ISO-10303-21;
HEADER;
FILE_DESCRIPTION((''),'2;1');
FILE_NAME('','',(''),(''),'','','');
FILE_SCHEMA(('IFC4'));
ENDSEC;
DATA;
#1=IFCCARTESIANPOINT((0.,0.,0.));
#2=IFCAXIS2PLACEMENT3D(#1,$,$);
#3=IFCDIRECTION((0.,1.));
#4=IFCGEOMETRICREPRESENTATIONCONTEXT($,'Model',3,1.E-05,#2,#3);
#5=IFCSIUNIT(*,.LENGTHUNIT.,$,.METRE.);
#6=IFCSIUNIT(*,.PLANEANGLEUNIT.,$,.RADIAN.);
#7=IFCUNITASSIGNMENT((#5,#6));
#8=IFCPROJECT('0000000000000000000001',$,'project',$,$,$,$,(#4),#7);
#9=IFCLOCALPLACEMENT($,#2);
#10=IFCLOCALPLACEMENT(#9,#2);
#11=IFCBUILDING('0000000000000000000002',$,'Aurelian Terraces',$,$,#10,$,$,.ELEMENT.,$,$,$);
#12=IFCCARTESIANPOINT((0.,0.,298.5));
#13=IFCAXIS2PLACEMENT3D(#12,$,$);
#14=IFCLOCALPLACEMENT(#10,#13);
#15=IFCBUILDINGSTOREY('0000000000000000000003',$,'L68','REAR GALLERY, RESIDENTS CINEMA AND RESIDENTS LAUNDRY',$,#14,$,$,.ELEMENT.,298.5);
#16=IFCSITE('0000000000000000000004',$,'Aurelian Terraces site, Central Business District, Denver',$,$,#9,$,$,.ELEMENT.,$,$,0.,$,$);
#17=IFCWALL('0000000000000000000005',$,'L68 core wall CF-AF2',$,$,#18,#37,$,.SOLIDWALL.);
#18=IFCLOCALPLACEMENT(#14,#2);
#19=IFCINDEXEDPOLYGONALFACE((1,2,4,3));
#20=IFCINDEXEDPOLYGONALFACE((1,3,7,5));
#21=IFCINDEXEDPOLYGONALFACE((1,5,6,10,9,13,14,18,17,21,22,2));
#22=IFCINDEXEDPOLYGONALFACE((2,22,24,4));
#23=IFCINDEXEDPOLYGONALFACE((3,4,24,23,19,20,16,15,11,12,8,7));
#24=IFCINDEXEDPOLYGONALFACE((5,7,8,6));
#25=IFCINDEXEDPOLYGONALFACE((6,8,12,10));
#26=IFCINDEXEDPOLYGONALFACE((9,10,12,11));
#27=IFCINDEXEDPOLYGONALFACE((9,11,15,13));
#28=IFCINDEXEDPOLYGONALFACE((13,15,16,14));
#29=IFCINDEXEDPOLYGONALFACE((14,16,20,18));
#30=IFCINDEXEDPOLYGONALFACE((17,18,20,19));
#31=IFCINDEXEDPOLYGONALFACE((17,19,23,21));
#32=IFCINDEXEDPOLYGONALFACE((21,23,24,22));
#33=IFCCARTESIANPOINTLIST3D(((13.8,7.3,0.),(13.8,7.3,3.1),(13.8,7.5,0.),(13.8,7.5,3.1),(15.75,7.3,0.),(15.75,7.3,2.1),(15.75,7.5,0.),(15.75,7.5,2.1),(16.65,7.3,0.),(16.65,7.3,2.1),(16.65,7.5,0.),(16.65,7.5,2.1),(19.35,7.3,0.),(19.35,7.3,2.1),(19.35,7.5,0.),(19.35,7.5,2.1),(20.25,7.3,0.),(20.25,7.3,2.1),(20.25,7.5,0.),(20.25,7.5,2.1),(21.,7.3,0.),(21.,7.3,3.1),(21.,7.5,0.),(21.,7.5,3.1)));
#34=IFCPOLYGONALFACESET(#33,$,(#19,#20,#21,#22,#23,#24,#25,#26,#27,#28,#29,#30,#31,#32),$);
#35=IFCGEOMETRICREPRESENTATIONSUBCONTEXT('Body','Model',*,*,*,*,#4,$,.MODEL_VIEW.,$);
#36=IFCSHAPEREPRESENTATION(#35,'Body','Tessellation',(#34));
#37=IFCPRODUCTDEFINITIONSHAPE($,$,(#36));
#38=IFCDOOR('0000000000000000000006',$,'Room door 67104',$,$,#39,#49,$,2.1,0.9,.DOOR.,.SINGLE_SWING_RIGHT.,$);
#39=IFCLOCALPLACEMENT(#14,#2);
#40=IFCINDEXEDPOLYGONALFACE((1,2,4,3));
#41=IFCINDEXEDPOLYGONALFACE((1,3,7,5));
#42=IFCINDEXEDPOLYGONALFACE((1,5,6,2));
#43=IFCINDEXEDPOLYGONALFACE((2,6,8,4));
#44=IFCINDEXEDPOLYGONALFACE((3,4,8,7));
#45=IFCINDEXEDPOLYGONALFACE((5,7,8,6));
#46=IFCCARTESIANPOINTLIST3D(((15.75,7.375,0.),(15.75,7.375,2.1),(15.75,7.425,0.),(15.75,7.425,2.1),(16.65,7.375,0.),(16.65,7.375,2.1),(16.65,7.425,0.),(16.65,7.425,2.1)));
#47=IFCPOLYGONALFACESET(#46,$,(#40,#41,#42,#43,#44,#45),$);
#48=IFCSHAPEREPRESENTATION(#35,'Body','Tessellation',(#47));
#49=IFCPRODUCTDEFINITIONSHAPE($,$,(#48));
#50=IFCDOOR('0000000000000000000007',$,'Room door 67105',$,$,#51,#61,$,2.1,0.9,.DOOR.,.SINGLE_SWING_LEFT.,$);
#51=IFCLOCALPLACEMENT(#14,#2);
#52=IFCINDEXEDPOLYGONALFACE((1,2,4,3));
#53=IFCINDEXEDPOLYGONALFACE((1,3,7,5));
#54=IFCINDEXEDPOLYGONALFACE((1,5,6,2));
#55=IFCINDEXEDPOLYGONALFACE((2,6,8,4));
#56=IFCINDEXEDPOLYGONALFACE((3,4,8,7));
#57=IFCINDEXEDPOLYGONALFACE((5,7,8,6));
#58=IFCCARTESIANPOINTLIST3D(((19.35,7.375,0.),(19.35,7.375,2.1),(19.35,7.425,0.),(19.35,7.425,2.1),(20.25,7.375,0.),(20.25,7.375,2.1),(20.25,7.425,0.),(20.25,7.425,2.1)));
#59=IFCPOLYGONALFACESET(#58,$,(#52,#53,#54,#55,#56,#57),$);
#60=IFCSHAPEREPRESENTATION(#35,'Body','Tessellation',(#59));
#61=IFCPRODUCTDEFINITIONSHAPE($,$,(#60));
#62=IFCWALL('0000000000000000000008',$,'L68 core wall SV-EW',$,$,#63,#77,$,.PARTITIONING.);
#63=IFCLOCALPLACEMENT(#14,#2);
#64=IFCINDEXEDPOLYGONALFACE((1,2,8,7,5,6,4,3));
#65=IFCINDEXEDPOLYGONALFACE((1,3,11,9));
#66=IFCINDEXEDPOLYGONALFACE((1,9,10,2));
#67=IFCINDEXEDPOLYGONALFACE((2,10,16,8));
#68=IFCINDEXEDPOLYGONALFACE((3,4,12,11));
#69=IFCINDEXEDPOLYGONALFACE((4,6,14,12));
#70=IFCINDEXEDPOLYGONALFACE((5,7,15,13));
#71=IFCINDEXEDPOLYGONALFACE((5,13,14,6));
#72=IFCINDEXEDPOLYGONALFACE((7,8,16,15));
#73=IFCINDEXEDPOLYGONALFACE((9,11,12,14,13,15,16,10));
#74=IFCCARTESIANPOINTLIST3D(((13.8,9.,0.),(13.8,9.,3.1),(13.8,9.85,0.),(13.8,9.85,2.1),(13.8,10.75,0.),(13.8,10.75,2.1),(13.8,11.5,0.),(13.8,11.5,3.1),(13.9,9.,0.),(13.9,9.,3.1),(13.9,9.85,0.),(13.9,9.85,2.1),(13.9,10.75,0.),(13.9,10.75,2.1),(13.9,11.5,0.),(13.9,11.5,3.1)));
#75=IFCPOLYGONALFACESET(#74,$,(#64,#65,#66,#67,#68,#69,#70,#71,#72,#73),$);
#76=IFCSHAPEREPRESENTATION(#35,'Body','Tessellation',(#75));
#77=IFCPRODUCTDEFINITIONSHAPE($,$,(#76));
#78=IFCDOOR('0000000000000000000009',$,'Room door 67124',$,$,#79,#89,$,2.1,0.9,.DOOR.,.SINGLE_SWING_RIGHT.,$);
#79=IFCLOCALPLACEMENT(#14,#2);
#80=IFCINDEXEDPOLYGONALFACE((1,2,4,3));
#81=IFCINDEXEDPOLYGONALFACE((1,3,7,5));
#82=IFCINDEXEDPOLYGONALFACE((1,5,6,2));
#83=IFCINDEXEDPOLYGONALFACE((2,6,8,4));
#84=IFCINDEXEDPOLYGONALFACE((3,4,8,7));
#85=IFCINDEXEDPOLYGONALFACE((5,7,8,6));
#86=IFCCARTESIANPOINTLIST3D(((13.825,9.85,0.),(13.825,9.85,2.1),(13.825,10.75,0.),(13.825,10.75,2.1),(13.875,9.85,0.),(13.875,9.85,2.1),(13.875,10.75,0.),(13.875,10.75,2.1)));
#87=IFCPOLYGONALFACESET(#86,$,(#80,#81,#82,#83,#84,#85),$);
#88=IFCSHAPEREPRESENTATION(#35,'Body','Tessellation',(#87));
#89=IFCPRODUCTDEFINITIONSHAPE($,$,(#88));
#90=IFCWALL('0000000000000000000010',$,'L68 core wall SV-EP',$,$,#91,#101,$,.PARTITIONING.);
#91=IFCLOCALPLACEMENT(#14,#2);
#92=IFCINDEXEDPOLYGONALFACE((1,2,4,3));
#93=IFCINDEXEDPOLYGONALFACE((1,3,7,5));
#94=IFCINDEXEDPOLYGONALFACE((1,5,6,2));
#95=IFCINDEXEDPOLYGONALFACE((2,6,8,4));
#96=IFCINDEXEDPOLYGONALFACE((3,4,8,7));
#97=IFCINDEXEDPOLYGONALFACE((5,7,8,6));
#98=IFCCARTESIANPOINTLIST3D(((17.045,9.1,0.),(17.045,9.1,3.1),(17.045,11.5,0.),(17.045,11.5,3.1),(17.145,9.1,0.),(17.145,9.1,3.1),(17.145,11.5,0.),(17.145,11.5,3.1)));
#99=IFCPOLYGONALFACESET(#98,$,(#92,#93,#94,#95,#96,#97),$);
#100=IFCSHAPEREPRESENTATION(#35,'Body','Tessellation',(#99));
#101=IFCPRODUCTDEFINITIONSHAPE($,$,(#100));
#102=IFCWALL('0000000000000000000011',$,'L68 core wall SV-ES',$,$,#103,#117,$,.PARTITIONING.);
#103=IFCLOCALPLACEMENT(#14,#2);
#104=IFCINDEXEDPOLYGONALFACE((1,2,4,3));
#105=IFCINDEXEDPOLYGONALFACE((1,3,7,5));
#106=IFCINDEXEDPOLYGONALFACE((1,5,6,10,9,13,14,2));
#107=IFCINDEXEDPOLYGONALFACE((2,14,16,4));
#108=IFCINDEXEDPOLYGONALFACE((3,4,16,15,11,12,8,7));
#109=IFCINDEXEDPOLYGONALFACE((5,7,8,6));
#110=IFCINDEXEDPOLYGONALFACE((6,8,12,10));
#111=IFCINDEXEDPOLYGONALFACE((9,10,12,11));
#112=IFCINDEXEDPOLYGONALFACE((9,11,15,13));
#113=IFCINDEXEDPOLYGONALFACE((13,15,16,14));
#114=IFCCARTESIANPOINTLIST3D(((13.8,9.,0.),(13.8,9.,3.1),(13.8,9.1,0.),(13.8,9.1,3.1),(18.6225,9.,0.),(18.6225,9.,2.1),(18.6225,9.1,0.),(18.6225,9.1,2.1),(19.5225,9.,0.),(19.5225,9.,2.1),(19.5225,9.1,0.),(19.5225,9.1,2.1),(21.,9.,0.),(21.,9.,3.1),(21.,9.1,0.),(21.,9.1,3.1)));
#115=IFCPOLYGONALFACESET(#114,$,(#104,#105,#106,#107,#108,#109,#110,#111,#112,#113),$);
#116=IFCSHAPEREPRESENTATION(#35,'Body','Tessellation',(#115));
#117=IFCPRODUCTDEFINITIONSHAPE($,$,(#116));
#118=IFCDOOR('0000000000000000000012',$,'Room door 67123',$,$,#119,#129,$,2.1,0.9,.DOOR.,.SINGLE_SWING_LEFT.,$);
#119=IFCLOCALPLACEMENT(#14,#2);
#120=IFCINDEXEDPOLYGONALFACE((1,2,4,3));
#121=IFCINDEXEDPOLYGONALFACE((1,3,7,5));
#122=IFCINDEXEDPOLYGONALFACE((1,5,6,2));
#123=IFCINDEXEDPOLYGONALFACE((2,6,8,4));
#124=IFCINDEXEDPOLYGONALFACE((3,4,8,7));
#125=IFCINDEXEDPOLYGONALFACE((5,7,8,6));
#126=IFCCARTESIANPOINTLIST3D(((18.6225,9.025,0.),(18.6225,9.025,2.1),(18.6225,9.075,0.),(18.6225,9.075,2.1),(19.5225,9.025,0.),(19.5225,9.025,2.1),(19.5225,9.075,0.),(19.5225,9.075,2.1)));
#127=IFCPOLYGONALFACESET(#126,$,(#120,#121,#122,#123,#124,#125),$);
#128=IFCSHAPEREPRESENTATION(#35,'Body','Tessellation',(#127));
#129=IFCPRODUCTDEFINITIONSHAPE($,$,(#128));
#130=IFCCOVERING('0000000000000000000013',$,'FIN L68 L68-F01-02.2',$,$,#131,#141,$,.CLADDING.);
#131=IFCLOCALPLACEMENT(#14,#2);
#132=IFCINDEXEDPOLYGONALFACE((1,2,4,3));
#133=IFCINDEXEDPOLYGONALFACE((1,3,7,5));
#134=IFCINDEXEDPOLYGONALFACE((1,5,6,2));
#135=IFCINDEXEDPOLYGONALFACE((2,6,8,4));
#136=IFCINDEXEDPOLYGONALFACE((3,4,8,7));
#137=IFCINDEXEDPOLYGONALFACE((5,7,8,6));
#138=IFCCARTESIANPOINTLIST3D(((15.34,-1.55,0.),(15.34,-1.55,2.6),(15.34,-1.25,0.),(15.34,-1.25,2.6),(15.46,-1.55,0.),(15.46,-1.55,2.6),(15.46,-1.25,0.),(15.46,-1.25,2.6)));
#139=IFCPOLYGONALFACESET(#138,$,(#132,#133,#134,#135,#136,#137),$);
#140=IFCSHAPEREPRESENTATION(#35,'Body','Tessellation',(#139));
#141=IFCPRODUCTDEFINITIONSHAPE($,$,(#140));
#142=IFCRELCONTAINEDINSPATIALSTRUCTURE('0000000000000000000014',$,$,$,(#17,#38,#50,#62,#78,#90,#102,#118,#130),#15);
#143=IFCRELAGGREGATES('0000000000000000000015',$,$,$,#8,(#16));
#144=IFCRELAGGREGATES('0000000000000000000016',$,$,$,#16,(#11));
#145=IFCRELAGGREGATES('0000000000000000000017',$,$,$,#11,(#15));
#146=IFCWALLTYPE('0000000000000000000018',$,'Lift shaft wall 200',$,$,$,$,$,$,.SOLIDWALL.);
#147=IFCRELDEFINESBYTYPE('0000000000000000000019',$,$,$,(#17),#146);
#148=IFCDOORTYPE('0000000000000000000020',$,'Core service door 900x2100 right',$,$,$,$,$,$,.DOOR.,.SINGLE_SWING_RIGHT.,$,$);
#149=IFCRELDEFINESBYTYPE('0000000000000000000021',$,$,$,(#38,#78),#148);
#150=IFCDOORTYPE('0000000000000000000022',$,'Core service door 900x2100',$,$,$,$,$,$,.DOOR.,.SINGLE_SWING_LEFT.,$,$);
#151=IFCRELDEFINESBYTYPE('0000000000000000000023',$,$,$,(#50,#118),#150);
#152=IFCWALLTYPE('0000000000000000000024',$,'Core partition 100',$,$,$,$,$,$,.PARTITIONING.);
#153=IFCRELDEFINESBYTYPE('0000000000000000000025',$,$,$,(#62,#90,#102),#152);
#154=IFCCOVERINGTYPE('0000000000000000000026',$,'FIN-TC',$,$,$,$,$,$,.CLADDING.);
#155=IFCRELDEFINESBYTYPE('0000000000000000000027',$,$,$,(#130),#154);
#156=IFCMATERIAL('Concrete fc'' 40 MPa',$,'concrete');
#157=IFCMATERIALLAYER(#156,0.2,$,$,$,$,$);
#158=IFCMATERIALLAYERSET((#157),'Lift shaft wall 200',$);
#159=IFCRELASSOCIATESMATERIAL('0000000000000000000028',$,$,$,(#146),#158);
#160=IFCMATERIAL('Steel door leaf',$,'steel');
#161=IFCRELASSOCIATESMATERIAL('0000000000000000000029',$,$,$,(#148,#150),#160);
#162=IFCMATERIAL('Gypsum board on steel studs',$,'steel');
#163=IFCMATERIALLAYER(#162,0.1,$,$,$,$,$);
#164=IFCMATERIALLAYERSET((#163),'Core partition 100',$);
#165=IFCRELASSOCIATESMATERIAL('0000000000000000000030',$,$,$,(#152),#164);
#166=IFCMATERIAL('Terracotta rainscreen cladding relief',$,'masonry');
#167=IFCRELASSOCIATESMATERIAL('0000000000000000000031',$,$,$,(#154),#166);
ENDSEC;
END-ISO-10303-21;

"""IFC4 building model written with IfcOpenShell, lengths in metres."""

from ifc_helpers import new_model, si_unit, direction, frame, frame_2d, origin, origin_2d, place, context, subcontext, project, spatial, rectangle, extrude, source, transform, mapped, material, layer, layer_set, type_object, element, fill, save


model = new_model("IFC4")

# Units and contexts
model_context = context("Model", 3, precision=1e-05, world=origin(), true_north=direction((0.0, 1.0)))
body_context = subcontext(model_context, "Body", "Model", "MODEL_VIEW")
ifc_project = project(units=[si_unit("LENGTHUNIT", "METRE"), si_unit("PLANEANGLEUNIT", "RADIAN")], contexts=[model_context])

# Site, building, storey
site_placement = place(None, origin())
site = spatial("IfcSite", under=ifc_project, at=site_placement, Name="Aurelian Terraces site, Central Business District, Denver", CompositionType="ELEMENT", RefElevation=0.0)
building_placement = place(site_placement, origin())
building = spatial("IfcBuilding", under=site, at=building_placement, Name="Aurelian Terraces", CompositionType="ELEMENT")
storey_placement = place(building_placement, frame((0.0, 0.0, 298.5)))
storey = spatial("IfcBuildingStorey", under=building, at=storey_placement, Name="L68", Description="REAR GALLERY, RESIDENTS CINEMA AND RESIDENTS LAUNDRY", CompositionType="ELEMENT", Elevation=298.5)

# Shared definitions
ifc_material_1 = material(Name="Concrete fc' 40 MPa", Category="concrete")
ifc_layer_1 = layer(ifc_material_1, 0.2)
ifc_layer_set_1 = layer_set([ifc_layer_1], Name="Lift shaft wall 200")
wall_type_1 = type_object("IfcWallType", Name="Lift shaft wall 200", PredefinedType="SOLIDWALL", material=ifc_layer_set_1)
ifc_material_2 = material(Name="Gypsum board on steel studs", Category="steel")

# Wall, openings, doors
shared_shape_1 = source(origin(), body_context, "Body", "SweptSolid", [
    extrude(rectangle(XDim=7.2, YDim=0.2, at=frame_2d((3.6, 0.0))), origin(), (0.0, 0.0, 1.0), 3.1),
])
wall_1_placement = place(storey_placement, frame((13.8, 7.4, 0.0), z_axis=(0.0, 0.0, 1.0), x_axis=(1.0, 0.0, 0.0)))
wall_1 = element("IfcWall", 1, at=wall_1_placement, inside=storey, type_object=wall_type_1, Name="L68 core wall CF-AF2", PredefinedType="SOLIDWALL", context=body_context, shape_type="MappedRepresentation", body=[
    mapped(shared_shape_1, transform((0.0, 0.0, 0.0), scale=1.0)),
])
shared_shape_2 = source(origin(), body_context, "Body", "SweptSolid", [
    extrude(rectangle(XDim=0.9, YDim=2.1, at=frame_2d((0.45, 1.05))), frame((0.0, 0.11, 0.0), z_axis=(0.0, -1.0, 0.0), x_axis=(1.0, 0.0, 0.0)), (0.0, 0.0, 1.0), 0.22),
])
opening_1_placement = place(wall_1_placement, frame((1.95, 0.0, 0.0)))
opening_1 = element("IfcOpeningElement", 2, at=opening_1_placement, cuts=wall_1, PredefinedType="OPENING", context=body_context, shape_type="MappedRepresentation", body=[
    mapped(shared_shape_2, transform((0.0, 0.0, 0.0), scale=1.0)),
])
opening_2_placement = place(wall_1_placement, frame((5.55, 0.0, 0.0)))
opening_2 = element("IfcOpeningElement", 3, at=opening_2_placement, cuts=wall_1, PredefinedType="OPENING", context=body_context, shape_type="MappedRepresentation", body=[
    mapped(shared_shape_2, transform((0.0, 0.0, 0.0), scale=1.0)),
])
ifc_material_3 = material(Name="Steel door leaf", Category="steel")
door_type_1 = type_object("IfcDoorType", Name="Core service door 900x2100 right", OperationType="SINGLE_SWING_RIGHT", PredefinedType="DOOR", material=ifc_material_3)
shared_shape_3 = source(origin(), body_context, "Body", "SweptSolid", [
    extrude(rectangle(XDim=0.9, YDim=2.1, at=frame_2d((0.45, 1.05))), frame((0.0, 0.025, 0.0), z_axis=(0.0, -1.0, 0.0), x_axis=(1.0, 0.0, 0.0)), (0.0, 0.0, 1.0), 0.05),
])
door_1_placement = place(opening_1_placement, origin())
door_1 = element("IfcDoor", 4, at=door_1_placement, inside=storey, type_object=door_type_1, Name="Room door 67104", OperationType="SINGLE_SWING_RIGHT", OverallHeight=2.1, OverallWidth=0.9, PredefinedType="DOOR", context=body_context, shape_type="MappedRepresentation", body=[
    mapped(shared_shape_3, transform((0.0, 0.0, 0.0), scale=1.0)),
])
fill(opening_1, door_1)
door_type_2 = type_object("IfcDoorType", Name="Core service door 900x2100", OperationType="SINGLE_SWING_LEFT", PredefinedType="DOOR", material=ifc_material_3)
door_2_placement = place(opening_2_placement, origin())
door_2 = element("IfcDoor", 5, at=door_2_placement, inside=storey, type_object=door_type_2, Name="Room door 67105", OperationType="SINGLE_SWING_LEFT", OverallHeight=2.1, OverallWidth=0.9, PredefinedType="DOOR", context=body_context, shape_type="MappedRepresentation", body=[
    mapped(shared_shape_3, transform((0.0, 0.0, 0.0), scale=1.0)),
])
fill(opening_2, door_2)

# Wall, opening, door
ifc_layer_2 = layer(ifc_material_2, 0.1)
ifc_layer_set_2 = layer_set([ifc_layer_2], Name="Core partition 100")
wall_type_2 = type_object("IfcWallType", Name="Core partition 100", PredefinedType="PARTITIONING", material=ifc_layer_set_2)
shared_shape_4 = source(origin(), body_context, "Body", "SweptSolid", [
    extrude(rectangle(XDim=2.5, YDim=0.1, at=frame_2d((1.25, 0.0))), origin(), (0.0, 0.0, 1.0), 3.1),
])
wall_2_placement = place(storey_placement, frame((13.85, 9.0, 0.0), z_axis=(0.0, 0.0, 1.0), x_axis=(0.0, 1.0, 0.0)))
wall_2 = element("IfcWall", 6, at=wall_2_placement, inside=storey, type_object=wall_type_2, Name="L68 core wall SV-EW", PredefinedType="PARTITIONING", context=body_context, shape_type="MappedRepresentation", body=[
    mapped(shared_shape_4, transform((0.0, 0.0, 0.0), scale=1.0)),
])
shared_shape_5 = source(origin(), body_context, "Body", "SweptSolid", [
    extrude(rectangle(XDim=0.9, YDim=2.1, at=frame_2d((0.45, 1.05))), frame((0.0, 0.06, 0.0), z_axis=(0.0, -1.0, 0.0), x_axis=(1.0, 0.0, 0.0)), (0.0, 0.0, 1.0), 0.12),
])
opening_3_placement = place(wall_2_placement, frame((0.85, 0.0, 0.0)))
opening_3 = element("IfcOpeningElement", 7, at=opening_3_placement, cuts=wall_2, PredefinedType="OPENING", context=body_context, shape_type="MappedRepresentation", body=[
    mapped(shared_shape_5, transform((0.0, 0.0, 0.0), scale=1.0)),
])
door_3_placement = place(opening_3_placement, origin())
door_3 = element("IfcDoor", 8, at=door_3_placement, inside=storey, type_object=door_type_1, Name="Room door 67124", OperationType="SINGLE_SWING_RIGHT", OverallHeight=2.1, OverallWidth=0.9, PredefinedType="DOOR", context=body_context, shape_type="MappedRepresentation", body=[
    mapped(shared_shape_3, transform((0.0, 0.0, 0.0), scale=1.0)),
])
fill(opening_3, door_3)

# Wall
shared_shape_6 = source(origin(), body_context, "Body", "SweptSolid", [
    extrude(rectangle(XDim=2.4, YDim=0.1, at=frame_2d((1.2, 0.0))), origin(), (0.0, 0.0, 1.0), 3.1),
])
wall_3_placement = place(storey_placement, frame((17.095, 9.1, 0.0), z_axis=(0.0, 0.0, 1.0), x_axis=(0.0, 1.0, 0.0)))
element("IfcWall", 9, at=wall_3_placement, inside=storey, type_object=wall_type_2, Name="L68 core wall SV-EP", PredefinedType="PARTITIONING", context=body_context, shape_type="MappedRepresentation", body=[
    mapped(shared_shape_6, transform((0.0, 0.0, 0.0), scale=1.0)),
])

# Wall, opening, door
shared_shape_7 = source(origin(), body_context, "Body", "SweptSolid", [
    extrude(rectangle(XDim=7.2, YDim=0.1, at=frame_2d((3.6, 0.0))), origin(), (0.0, 0.0, 1.0), 3.1),
])
wall_4_placement = place(storey_placement, frame((13.8, 9.05, 0.0), z_axis=(0.0, 0.0, 1.0), x_axis=(1.0, 0.0, 0.0)))
wall_4 = element("IfcWall", 10, at=wall_4_placement, inside=storey, type_object=wall_type_2, Name="L68 core wall SV-ES", PredefinedType="PARTITIONING", context=body_context, shape_type="MappedRepresentation", body=[
    mapped(shared_shape_7, transform((0.0, 0.0, 0.0), scale=1.0)),
])
opening_4_placement = place(wall_4_placement, frame((4.8225, 0.0, 0.0)))
opening_4 = element("IfcOpeningElement", 11, at=opening_4_placement, cuts=wall_4, PredefinedType="OPENING", context=body_context, shape_type="MappedRepresentation", body=[
    mapped(shared_shape_5, transform((0.0, 0.0, 0.0), scale=1.0)),
])
door_4_placement = place(opening_4_placement, origin())
door_4 = element("IfcDoor", 12, at=door_4_placement, inside=storey, type_object=door_type_2, Name="Room door 67123", OperationType="SINGLE_SWING_LEFT", OverallHeight=2.1, OverallWidth=0.9, PredefinedType="DOOR", context=body_context, shape_type="MappedRepresentation", body=[
    mapped(shared_shape_3, transform((0.0, 0.0, 0.0), scale=1.0)),
])
fill(opening_4, door_4)

# Covering
ifc_material_4 = material(Name="Terracotta rainscreen cladding relief", Category="masonry")
covering_type = type_object("IfcCoveringType", Name="FIN-TC", PredefinedType="CLADDING", material=ifc_material_4)
shared_shape_8 = source(origin(), body_context, "Body", "SweptSolid", [
    extrude(rectangle(XDim=0.12, YDim=0.3, at=origin_2d()), origin(), (0.0, 0.0, 1.0), 2.6),
])
covering_placement = place(storey_placement, frame((15.4, -1.4, 0.0), z_axis=(0.0, 0.0, 1.0), x_axis=(1.0, 0.0, 0.0)))
element("IfcCovering", 13, at=covering_placement, inside=storey, type_object=covering_type, Name="FIN L68 L68-F01-02.2", PredefinedType="CLADDING", context=body_context, shape_type="MappedRepresentation", body=[
    mapped(shared_shape_8, transform((0.0, 0.0, 0.0), scale=1.0)),
])

save(model, "model.ifc")
